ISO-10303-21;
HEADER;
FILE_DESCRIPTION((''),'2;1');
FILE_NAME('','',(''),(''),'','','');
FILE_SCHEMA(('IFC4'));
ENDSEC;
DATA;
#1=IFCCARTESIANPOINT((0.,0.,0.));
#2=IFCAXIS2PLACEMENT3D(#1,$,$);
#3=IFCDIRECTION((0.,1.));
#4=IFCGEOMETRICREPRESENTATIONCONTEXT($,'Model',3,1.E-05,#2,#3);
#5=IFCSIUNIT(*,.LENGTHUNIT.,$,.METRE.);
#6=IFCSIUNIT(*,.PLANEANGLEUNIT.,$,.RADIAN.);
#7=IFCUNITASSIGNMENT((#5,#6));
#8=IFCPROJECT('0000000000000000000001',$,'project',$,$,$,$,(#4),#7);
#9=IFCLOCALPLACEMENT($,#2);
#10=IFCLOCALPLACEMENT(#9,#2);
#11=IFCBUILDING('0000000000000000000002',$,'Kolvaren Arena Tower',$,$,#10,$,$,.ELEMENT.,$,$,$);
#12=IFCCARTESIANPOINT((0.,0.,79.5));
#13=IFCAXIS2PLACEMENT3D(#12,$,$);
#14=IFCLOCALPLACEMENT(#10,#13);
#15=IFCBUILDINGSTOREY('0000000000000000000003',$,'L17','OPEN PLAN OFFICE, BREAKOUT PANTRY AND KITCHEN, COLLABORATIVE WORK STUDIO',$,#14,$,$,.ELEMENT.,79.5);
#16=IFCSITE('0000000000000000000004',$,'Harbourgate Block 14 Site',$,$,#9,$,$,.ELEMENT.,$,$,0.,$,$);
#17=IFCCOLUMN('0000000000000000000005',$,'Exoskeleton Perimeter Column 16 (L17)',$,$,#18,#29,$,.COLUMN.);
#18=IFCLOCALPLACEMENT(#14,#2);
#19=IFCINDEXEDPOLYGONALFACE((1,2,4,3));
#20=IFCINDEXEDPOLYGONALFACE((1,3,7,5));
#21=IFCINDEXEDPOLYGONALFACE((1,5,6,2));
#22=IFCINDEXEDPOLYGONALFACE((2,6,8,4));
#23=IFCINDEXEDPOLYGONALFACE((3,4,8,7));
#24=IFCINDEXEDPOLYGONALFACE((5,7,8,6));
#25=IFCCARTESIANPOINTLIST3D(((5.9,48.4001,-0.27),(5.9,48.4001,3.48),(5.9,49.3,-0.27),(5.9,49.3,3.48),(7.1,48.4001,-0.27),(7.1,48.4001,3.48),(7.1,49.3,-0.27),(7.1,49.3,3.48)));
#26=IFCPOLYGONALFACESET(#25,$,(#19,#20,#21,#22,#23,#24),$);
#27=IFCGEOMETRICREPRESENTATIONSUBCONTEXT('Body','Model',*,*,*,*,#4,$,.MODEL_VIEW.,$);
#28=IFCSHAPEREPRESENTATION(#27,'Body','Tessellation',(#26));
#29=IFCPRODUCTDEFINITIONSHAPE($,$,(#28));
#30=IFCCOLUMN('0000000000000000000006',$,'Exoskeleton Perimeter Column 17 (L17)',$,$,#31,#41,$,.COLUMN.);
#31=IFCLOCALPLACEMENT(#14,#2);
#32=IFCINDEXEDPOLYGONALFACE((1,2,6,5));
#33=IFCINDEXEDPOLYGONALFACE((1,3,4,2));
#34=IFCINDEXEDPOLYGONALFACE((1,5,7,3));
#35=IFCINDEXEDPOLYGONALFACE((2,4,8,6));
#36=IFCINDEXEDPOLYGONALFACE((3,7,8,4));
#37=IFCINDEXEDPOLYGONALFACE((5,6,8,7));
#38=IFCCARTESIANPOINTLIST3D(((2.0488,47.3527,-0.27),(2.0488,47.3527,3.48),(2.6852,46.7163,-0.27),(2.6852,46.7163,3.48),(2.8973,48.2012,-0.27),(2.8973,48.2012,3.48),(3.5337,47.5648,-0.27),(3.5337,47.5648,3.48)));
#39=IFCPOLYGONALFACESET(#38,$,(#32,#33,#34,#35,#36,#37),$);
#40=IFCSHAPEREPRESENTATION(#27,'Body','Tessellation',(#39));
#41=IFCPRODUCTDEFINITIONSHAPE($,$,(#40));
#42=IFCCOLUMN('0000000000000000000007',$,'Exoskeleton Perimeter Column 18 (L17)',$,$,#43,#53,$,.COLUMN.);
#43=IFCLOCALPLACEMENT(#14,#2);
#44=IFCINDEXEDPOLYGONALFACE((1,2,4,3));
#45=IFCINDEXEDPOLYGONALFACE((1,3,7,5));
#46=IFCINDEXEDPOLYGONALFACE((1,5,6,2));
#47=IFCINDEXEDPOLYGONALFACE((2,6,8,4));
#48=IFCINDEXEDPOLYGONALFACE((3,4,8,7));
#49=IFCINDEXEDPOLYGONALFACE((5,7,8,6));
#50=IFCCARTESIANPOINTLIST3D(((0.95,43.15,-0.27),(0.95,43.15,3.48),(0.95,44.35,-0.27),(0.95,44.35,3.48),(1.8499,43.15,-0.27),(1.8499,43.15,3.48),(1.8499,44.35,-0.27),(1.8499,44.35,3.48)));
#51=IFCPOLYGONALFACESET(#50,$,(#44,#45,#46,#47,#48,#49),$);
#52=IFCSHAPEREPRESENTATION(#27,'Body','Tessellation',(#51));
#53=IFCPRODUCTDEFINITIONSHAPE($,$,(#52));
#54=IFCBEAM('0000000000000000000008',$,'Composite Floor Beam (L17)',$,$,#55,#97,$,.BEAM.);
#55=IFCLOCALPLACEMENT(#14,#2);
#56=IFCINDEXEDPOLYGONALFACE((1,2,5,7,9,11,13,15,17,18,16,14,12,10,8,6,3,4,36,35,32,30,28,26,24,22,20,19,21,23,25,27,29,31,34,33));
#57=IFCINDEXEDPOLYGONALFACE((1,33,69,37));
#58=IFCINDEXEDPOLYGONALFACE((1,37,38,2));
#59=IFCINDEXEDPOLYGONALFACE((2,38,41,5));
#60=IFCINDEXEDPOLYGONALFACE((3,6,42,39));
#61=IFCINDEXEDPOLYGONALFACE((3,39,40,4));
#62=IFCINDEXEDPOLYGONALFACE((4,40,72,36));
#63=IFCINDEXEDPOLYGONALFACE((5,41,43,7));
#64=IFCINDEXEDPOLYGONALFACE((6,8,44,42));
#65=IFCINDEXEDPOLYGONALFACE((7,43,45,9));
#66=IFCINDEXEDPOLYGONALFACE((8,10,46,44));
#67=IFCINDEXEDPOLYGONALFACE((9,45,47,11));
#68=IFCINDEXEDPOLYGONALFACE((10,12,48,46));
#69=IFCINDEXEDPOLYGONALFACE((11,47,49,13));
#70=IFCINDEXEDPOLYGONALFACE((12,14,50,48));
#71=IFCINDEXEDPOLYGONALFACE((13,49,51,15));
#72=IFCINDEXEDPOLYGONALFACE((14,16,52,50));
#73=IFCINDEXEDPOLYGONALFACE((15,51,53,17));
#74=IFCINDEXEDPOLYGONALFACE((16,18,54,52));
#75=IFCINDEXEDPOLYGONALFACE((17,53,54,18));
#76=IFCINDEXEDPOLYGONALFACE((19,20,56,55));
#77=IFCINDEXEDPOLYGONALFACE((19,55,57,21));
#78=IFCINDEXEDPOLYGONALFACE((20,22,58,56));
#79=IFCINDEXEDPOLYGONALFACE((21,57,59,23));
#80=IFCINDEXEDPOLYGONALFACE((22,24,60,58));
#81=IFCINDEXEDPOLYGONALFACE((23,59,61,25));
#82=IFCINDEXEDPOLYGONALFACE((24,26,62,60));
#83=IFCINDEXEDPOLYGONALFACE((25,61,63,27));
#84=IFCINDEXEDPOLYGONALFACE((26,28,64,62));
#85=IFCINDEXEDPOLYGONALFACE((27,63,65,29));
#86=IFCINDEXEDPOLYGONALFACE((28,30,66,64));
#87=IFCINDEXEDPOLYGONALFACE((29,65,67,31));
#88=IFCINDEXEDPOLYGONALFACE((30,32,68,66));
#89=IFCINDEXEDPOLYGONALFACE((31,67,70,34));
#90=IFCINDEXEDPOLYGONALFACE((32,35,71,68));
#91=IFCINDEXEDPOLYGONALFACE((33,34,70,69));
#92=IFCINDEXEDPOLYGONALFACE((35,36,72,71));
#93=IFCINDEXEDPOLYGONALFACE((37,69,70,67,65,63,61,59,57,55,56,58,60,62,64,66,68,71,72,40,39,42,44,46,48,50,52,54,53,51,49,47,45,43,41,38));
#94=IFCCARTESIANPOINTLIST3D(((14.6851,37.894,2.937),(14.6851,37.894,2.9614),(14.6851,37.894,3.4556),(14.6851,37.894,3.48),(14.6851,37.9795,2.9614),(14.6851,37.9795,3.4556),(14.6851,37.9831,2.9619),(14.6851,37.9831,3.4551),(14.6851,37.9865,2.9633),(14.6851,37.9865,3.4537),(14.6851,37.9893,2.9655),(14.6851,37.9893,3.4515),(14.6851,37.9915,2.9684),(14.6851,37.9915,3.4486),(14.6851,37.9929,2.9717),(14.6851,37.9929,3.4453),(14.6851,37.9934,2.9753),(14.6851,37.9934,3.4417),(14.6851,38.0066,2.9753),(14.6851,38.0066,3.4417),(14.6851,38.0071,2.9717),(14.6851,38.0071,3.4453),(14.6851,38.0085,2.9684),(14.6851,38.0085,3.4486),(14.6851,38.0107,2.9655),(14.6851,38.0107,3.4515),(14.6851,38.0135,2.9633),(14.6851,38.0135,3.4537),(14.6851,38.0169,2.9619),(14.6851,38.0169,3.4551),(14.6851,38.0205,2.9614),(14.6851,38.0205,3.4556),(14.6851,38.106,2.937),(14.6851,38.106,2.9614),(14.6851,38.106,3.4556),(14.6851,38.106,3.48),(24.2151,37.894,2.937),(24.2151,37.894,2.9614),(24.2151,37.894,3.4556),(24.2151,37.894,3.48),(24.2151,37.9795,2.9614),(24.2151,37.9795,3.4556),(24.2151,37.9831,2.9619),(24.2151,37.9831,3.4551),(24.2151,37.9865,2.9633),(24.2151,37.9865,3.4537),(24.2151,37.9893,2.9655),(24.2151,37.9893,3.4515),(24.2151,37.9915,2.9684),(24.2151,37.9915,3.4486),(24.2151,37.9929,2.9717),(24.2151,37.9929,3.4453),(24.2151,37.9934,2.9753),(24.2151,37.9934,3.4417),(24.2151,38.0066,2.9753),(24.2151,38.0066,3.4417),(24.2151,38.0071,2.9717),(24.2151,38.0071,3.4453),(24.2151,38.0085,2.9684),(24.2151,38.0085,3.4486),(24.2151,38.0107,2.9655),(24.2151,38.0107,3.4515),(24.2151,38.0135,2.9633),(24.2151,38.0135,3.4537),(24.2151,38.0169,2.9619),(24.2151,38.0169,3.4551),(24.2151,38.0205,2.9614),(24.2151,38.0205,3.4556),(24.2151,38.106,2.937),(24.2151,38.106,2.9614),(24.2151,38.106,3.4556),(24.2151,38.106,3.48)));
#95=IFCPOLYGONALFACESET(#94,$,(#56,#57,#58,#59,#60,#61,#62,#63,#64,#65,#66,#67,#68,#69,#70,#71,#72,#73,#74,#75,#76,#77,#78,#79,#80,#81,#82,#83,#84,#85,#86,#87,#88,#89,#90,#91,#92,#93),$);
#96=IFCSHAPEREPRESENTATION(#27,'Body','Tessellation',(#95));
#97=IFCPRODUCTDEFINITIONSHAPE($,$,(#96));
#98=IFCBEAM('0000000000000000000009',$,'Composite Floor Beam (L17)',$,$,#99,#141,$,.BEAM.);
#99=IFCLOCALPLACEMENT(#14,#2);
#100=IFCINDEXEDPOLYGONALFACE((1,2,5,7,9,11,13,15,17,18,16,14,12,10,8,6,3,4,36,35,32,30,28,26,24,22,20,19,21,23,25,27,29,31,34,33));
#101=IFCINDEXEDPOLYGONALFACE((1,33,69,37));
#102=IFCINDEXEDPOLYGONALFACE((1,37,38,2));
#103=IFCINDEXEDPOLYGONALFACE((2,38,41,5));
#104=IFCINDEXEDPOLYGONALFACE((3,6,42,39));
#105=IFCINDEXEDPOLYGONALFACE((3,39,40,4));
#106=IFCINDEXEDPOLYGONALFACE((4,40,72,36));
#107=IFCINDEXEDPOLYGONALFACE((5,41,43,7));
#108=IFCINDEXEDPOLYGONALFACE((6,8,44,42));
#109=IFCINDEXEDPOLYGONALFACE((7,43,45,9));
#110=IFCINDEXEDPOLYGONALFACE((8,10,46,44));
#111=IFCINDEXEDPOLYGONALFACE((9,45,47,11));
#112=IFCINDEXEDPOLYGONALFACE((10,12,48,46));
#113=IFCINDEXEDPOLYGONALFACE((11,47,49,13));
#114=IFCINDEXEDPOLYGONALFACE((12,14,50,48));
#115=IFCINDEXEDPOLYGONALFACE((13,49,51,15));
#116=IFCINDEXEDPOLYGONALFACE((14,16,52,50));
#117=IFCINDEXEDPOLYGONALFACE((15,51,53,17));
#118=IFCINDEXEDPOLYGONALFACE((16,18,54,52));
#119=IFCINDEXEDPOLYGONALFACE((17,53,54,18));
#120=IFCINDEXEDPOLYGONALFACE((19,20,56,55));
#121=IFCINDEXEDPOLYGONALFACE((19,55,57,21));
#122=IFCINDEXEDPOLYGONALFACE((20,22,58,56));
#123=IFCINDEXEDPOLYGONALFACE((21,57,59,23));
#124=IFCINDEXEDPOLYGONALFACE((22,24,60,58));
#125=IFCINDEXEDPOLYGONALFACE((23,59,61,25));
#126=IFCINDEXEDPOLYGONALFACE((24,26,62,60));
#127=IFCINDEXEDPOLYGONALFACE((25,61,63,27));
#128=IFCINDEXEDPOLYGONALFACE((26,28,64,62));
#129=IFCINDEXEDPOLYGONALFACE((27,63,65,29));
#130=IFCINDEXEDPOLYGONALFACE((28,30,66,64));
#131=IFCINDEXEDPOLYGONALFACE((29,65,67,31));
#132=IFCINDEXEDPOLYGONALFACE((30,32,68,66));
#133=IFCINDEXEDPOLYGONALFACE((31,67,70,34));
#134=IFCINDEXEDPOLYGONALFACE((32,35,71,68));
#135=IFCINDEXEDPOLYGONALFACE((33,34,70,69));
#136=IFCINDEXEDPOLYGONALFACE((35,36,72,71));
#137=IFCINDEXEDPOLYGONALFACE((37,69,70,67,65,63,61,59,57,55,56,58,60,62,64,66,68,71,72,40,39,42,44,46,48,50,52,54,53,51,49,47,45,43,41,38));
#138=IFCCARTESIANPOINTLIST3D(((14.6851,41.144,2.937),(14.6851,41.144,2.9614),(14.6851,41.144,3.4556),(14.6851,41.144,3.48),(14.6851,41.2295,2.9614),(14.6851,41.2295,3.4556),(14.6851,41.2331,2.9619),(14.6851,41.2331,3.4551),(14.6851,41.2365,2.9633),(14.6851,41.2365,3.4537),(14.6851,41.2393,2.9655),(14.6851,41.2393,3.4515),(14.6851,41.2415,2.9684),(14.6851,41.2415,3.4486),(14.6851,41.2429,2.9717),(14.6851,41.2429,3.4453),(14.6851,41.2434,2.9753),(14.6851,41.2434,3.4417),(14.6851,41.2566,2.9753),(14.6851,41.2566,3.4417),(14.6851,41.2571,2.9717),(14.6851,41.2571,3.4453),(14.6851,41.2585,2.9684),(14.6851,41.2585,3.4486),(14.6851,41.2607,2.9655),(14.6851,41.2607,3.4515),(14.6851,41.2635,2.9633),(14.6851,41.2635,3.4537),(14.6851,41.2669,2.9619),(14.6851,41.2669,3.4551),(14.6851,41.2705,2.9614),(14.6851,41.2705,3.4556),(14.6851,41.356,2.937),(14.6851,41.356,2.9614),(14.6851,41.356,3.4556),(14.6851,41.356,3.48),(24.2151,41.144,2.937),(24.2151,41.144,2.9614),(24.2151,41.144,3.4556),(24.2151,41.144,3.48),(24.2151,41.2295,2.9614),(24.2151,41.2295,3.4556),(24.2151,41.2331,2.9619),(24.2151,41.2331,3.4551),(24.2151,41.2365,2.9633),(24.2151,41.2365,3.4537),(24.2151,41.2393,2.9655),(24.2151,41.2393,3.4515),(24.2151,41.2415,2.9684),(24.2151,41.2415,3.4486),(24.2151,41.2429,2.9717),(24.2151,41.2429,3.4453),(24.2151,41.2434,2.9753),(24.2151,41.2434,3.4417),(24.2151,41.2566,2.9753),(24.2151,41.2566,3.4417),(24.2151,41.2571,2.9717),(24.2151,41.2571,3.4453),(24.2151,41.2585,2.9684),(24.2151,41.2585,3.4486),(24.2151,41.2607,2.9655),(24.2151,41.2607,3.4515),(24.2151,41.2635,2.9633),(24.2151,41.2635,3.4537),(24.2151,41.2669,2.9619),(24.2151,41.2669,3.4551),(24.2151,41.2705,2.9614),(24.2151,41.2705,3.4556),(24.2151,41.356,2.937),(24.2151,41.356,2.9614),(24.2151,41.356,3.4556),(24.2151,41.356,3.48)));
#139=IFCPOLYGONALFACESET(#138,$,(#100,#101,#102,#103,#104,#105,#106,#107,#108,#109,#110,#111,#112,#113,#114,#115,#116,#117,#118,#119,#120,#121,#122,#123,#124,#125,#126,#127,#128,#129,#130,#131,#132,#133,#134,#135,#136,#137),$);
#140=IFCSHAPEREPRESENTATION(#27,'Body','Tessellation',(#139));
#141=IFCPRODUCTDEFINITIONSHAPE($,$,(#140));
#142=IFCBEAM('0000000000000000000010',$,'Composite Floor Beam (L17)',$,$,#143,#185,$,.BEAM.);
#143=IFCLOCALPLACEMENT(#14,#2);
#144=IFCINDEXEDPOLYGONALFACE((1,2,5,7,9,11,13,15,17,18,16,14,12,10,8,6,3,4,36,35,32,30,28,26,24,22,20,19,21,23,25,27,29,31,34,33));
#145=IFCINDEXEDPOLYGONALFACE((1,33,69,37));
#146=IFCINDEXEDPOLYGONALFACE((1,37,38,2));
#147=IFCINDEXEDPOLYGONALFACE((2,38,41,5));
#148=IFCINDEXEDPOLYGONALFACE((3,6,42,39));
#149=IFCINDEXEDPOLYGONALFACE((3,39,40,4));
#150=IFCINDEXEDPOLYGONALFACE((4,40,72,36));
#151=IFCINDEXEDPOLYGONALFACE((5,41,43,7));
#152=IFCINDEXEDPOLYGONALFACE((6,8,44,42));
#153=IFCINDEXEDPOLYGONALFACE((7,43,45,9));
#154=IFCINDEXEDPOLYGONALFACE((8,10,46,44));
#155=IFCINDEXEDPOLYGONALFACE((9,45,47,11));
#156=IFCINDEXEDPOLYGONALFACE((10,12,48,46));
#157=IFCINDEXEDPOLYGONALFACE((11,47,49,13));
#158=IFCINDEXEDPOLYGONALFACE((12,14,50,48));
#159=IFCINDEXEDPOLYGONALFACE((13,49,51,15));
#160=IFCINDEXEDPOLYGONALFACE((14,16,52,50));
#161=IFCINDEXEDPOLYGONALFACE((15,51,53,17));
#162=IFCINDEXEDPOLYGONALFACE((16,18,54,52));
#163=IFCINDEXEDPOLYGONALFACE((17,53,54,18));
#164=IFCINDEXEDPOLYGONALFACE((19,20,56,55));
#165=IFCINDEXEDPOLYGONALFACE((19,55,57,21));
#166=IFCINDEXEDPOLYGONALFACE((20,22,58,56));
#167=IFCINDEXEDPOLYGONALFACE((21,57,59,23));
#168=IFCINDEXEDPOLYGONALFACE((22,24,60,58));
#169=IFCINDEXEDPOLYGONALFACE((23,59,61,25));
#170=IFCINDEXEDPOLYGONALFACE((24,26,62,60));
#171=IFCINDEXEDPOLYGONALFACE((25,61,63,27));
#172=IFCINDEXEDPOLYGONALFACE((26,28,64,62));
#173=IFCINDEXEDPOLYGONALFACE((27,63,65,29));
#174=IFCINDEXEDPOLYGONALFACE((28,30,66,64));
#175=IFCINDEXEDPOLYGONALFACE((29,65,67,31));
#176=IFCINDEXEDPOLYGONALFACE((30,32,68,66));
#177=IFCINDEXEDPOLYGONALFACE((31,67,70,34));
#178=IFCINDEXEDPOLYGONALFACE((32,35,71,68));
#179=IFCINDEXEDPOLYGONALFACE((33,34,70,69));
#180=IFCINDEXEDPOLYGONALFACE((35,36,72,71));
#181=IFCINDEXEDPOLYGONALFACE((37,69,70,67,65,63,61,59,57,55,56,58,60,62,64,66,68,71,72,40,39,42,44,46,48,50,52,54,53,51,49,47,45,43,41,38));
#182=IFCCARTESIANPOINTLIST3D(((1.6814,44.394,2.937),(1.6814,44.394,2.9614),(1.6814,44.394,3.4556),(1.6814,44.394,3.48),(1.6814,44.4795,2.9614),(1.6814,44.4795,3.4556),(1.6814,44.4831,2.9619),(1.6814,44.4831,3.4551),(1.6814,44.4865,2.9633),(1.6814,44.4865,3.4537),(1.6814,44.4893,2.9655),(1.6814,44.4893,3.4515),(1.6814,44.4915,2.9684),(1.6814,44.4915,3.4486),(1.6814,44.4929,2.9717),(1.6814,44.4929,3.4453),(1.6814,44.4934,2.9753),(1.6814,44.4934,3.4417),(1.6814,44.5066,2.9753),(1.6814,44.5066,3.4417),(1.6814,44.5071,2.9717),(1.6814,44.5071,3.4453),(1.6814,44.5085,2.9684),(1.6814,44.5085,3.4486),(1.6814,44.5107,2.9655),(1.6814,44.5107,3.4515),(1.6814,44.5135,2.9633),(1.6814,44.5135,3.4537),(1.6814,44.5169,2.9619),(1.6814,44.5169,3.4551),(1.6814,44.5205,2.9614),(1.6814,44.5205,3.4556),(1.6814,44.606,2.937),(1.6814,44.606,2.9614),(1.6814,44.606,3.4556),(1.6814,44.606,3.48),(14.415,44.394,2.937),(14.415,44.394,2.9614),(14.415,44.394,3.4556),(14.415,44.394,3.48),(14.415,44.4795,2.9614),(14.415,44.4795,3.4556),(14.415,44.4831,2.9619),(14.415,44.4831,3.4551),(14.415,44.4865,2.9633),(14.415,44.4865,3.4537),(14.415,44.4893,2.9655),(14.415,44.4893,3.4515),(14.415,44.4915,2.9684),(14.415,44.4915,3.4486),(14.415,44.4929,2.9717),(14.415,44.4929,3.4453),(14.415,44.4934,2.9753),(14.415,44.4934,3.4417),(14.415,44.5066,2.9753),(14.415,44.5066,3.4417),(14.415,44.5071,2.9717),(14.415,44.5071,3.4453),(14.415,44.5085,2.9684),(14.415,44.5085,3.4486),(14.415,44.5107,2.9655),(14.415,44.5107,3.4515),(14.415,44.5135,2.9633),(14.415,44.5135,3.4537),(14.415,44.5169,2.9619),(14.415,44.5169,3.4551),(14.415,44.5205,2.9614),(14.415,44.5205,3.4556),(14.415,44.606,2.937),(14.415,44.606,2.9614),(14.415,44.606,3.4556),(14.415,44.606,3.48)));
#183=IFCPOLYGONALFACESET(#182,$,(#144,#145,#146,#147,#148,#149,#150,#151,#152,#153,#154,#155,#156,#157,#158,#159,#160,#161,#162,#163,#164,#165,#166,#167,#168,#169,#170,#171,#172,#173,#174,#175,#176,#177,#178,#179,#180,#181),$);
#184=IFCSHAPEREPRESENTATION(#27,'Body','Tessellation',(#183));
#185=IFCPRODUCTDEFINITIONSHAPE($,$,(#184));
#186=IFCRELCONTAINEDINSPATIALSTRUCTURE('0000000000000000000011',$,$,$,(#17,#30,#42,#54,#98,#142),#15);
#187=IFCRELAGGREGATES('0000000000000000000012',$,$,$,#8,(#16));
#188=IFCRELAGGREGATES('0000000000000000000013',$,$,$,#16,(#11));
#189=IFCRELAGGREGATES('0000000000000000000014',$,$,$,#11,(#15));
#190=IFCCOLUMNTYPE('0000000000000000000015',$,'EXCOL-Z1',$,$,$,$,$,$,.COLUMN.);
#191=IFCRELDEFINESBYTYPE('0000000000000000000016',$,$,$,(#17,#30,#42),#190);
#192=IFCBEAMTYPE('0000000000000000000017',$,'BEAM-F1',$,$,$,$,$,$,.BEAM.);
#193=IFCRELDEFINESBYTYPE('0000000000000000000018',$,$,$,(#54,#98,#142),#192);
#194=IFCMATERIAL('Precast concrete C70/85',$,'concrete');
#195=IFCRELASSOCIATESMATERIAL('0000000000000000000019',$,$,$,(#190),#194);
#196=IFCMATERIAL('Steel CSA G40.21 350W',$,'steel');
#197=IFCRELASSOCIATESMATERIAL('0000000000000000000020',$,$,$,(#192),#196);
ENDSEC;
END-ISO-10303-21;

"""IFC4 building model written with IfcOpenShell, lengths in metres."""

from ifc_helpers import new_model, si_unit, direction, frame, origin, origin_2d, place, context, subcontext, project, spatial, rectangle, i_section, extrude, material, material_profile, profile_set, type_object, element, save


model = new_model("IFC4")

# Units and contexts
model_context = context("Model", 3, precision=1e-05, world=origin(), true_north=direction((0.0, 1.0)))
body_context = subcontext(model_context, "Body", "Model", "MODEL_VIEW")
ifc_project = project(units=[si_unit("LENGTHUNIT", "METRE"), si_unit("PLANEANGLEUNIT", "RADIAN")], contexts=[model_context])

# Site, building, storey
site_placement = place(None, origin())
site = spatial("IfcSite", under=ifc_project, at=site_placement, Name="Harbourgate Block 14 Site", CompositionType="ELEMENT", RefElevation=0.0)
building_placement = place(site_placement, origin())
building = spatial("IfcBuilding", under=site, at=building_placement, Name="Kolvaren Arena Tower", CompositionType="ELEMENT")
storey_placement = place(building_placement, frame((0.0, 0.0, 79.5)))
storey = spatial("IfcBuildingStorey", under=building, at=storey_placement, Name="L17", Description="OPEN PLAN OFFICE, BREAKOUT PANTRY AND KITCHEN, COLLABORATIVE WORK STUDIO", CompositionType="ELEMENT", Elevation=79.5)

# Columns
ifc_material_1 = material(Name="Precast concrete C70/85", Category="concrete")
ifc_material_profile_1 = material_profile(ifc_material_1, rectangle(XDim=1.2, YDim=0.8999, at=origin_2d()), Name="RC-1200x900")
ifc_profile_set_1 = profile_set([ifc_material_profile_1], Name="Precast concrete C70/85")
column_type = type_object("IfcColumnType", Name="EXCOL-Z1", PredefinedType="COLUMN", material=ifc_profile_set_1)
for number, where, z_axis, x_axis, name in (
    (1, (6.5, 48.8501, -0.27), (0.0, 0.0, 1.0), (1.0, 0.0, 0.0), "Exoskeleton Perimeter Column 16 (L17)"),
    (2, (2.7913, 47.4587, -0.27), (0.0, 0.0, 1.0), (0.707107, 0.707107, 0.0), "Exoskeleton Perimeter Column 17 (L17)"),
    (3, (1.3999, 43.75, -0.27), (0.0, 0.0, 1.0), (0.0, 1.0, 0.0), "Exoskeleton Perimeter Column 18 (L17)"),
):
    element("IfcColumn", number, at=place(storey_placement, frame(where, z_axis=z_axis, x_axis=x_axis)), inside=storey, type_object=column_type, Name=name, PredefinedType="COLUMN", context=body_context, shape_type="SweptSolid", body=[
        extrude(rectangle(XDim=1.2, YDim=0.8999, at=origin_2d()), origin(), (0.0, 0.0, 1.0), 3.75),
    ])

# Beams
ifc_material_2 = material(Name="Steel CSA G40.21 350W", Category="steel")
ifc_material_profile_2 = material_profile(ifc_material_2, i_section(OverallWidth=0.2119, OverallDepth=0.543, WebThickness=0.0132, FlangeThickness=0.0244, FilletRadius=0.0139, at=origin_2d()), Name="W530x150")
ifc_profile_set_2 = profile_set([ifc_material_profile_2], Name="Steel CSA G40.21 350W")
beam_type_1 = type_object("IfcBeamType", Name="BEAM-F1", PredefinedType="BEAM", material=ifc_profile_set_2)
for number, where, z_axis, x_axis, name in (
    (4, (14.6851, 38.0, 3.2085), (1.0, 0.0, 0.0), (0.0, 1.0, 0.0), "Composite Floor Beam (L17)"),
    (5, (14.6851, 41.25, 3.2085), (1.0, 0.0, 0.0), (0.0, 1.0, 0.0), "Composite Floor Beam (L17)"),
):
    element("IfcBeam", number, at=place(storey_placement, frame(where, z_axis=z_axis, x_axis=x_axis)), inside=storey, type_object=beam_type_1, Name=name, PredefinedType="BEAM", context=body_context, shape_type="SweptSolid", body=[
        extrude(i_section(OverallWidth=0.2119, OverallDepth=0.543, WebThickness=0.0132, FlangeThickness=0.0244, FilletRadius=0.0139, at=origin_2d()), origin(), (0.0, 0.0, 1.0), 9.53),
    ])
beam_1_placement = place(storey_placement, frame((1.6814, 44.5, 3.2085), z_axis=(1.0, 0.0, 0.0), x_axis=(0.0, 1.0, 0.0)))
element("IfcBeam", 6, at=beam_1_placement, inside=storey, type_object=beam_type_1, Name="Composite Floor Beam (L17)", PredefinedType="BEAM", context=body_context, shape_type="SweptSolid", body=[
    extrude(i_section(OverallWidth=0.2119, OverallDepth=0.543, WebThickness=0.0132, FlangeThickness=0.0244, FilletRadius=0.0139, at=origin_2d()), origin(), (0.0, 0.0, 1.0), 12.7336),
])

save(model, "model.ifc")
